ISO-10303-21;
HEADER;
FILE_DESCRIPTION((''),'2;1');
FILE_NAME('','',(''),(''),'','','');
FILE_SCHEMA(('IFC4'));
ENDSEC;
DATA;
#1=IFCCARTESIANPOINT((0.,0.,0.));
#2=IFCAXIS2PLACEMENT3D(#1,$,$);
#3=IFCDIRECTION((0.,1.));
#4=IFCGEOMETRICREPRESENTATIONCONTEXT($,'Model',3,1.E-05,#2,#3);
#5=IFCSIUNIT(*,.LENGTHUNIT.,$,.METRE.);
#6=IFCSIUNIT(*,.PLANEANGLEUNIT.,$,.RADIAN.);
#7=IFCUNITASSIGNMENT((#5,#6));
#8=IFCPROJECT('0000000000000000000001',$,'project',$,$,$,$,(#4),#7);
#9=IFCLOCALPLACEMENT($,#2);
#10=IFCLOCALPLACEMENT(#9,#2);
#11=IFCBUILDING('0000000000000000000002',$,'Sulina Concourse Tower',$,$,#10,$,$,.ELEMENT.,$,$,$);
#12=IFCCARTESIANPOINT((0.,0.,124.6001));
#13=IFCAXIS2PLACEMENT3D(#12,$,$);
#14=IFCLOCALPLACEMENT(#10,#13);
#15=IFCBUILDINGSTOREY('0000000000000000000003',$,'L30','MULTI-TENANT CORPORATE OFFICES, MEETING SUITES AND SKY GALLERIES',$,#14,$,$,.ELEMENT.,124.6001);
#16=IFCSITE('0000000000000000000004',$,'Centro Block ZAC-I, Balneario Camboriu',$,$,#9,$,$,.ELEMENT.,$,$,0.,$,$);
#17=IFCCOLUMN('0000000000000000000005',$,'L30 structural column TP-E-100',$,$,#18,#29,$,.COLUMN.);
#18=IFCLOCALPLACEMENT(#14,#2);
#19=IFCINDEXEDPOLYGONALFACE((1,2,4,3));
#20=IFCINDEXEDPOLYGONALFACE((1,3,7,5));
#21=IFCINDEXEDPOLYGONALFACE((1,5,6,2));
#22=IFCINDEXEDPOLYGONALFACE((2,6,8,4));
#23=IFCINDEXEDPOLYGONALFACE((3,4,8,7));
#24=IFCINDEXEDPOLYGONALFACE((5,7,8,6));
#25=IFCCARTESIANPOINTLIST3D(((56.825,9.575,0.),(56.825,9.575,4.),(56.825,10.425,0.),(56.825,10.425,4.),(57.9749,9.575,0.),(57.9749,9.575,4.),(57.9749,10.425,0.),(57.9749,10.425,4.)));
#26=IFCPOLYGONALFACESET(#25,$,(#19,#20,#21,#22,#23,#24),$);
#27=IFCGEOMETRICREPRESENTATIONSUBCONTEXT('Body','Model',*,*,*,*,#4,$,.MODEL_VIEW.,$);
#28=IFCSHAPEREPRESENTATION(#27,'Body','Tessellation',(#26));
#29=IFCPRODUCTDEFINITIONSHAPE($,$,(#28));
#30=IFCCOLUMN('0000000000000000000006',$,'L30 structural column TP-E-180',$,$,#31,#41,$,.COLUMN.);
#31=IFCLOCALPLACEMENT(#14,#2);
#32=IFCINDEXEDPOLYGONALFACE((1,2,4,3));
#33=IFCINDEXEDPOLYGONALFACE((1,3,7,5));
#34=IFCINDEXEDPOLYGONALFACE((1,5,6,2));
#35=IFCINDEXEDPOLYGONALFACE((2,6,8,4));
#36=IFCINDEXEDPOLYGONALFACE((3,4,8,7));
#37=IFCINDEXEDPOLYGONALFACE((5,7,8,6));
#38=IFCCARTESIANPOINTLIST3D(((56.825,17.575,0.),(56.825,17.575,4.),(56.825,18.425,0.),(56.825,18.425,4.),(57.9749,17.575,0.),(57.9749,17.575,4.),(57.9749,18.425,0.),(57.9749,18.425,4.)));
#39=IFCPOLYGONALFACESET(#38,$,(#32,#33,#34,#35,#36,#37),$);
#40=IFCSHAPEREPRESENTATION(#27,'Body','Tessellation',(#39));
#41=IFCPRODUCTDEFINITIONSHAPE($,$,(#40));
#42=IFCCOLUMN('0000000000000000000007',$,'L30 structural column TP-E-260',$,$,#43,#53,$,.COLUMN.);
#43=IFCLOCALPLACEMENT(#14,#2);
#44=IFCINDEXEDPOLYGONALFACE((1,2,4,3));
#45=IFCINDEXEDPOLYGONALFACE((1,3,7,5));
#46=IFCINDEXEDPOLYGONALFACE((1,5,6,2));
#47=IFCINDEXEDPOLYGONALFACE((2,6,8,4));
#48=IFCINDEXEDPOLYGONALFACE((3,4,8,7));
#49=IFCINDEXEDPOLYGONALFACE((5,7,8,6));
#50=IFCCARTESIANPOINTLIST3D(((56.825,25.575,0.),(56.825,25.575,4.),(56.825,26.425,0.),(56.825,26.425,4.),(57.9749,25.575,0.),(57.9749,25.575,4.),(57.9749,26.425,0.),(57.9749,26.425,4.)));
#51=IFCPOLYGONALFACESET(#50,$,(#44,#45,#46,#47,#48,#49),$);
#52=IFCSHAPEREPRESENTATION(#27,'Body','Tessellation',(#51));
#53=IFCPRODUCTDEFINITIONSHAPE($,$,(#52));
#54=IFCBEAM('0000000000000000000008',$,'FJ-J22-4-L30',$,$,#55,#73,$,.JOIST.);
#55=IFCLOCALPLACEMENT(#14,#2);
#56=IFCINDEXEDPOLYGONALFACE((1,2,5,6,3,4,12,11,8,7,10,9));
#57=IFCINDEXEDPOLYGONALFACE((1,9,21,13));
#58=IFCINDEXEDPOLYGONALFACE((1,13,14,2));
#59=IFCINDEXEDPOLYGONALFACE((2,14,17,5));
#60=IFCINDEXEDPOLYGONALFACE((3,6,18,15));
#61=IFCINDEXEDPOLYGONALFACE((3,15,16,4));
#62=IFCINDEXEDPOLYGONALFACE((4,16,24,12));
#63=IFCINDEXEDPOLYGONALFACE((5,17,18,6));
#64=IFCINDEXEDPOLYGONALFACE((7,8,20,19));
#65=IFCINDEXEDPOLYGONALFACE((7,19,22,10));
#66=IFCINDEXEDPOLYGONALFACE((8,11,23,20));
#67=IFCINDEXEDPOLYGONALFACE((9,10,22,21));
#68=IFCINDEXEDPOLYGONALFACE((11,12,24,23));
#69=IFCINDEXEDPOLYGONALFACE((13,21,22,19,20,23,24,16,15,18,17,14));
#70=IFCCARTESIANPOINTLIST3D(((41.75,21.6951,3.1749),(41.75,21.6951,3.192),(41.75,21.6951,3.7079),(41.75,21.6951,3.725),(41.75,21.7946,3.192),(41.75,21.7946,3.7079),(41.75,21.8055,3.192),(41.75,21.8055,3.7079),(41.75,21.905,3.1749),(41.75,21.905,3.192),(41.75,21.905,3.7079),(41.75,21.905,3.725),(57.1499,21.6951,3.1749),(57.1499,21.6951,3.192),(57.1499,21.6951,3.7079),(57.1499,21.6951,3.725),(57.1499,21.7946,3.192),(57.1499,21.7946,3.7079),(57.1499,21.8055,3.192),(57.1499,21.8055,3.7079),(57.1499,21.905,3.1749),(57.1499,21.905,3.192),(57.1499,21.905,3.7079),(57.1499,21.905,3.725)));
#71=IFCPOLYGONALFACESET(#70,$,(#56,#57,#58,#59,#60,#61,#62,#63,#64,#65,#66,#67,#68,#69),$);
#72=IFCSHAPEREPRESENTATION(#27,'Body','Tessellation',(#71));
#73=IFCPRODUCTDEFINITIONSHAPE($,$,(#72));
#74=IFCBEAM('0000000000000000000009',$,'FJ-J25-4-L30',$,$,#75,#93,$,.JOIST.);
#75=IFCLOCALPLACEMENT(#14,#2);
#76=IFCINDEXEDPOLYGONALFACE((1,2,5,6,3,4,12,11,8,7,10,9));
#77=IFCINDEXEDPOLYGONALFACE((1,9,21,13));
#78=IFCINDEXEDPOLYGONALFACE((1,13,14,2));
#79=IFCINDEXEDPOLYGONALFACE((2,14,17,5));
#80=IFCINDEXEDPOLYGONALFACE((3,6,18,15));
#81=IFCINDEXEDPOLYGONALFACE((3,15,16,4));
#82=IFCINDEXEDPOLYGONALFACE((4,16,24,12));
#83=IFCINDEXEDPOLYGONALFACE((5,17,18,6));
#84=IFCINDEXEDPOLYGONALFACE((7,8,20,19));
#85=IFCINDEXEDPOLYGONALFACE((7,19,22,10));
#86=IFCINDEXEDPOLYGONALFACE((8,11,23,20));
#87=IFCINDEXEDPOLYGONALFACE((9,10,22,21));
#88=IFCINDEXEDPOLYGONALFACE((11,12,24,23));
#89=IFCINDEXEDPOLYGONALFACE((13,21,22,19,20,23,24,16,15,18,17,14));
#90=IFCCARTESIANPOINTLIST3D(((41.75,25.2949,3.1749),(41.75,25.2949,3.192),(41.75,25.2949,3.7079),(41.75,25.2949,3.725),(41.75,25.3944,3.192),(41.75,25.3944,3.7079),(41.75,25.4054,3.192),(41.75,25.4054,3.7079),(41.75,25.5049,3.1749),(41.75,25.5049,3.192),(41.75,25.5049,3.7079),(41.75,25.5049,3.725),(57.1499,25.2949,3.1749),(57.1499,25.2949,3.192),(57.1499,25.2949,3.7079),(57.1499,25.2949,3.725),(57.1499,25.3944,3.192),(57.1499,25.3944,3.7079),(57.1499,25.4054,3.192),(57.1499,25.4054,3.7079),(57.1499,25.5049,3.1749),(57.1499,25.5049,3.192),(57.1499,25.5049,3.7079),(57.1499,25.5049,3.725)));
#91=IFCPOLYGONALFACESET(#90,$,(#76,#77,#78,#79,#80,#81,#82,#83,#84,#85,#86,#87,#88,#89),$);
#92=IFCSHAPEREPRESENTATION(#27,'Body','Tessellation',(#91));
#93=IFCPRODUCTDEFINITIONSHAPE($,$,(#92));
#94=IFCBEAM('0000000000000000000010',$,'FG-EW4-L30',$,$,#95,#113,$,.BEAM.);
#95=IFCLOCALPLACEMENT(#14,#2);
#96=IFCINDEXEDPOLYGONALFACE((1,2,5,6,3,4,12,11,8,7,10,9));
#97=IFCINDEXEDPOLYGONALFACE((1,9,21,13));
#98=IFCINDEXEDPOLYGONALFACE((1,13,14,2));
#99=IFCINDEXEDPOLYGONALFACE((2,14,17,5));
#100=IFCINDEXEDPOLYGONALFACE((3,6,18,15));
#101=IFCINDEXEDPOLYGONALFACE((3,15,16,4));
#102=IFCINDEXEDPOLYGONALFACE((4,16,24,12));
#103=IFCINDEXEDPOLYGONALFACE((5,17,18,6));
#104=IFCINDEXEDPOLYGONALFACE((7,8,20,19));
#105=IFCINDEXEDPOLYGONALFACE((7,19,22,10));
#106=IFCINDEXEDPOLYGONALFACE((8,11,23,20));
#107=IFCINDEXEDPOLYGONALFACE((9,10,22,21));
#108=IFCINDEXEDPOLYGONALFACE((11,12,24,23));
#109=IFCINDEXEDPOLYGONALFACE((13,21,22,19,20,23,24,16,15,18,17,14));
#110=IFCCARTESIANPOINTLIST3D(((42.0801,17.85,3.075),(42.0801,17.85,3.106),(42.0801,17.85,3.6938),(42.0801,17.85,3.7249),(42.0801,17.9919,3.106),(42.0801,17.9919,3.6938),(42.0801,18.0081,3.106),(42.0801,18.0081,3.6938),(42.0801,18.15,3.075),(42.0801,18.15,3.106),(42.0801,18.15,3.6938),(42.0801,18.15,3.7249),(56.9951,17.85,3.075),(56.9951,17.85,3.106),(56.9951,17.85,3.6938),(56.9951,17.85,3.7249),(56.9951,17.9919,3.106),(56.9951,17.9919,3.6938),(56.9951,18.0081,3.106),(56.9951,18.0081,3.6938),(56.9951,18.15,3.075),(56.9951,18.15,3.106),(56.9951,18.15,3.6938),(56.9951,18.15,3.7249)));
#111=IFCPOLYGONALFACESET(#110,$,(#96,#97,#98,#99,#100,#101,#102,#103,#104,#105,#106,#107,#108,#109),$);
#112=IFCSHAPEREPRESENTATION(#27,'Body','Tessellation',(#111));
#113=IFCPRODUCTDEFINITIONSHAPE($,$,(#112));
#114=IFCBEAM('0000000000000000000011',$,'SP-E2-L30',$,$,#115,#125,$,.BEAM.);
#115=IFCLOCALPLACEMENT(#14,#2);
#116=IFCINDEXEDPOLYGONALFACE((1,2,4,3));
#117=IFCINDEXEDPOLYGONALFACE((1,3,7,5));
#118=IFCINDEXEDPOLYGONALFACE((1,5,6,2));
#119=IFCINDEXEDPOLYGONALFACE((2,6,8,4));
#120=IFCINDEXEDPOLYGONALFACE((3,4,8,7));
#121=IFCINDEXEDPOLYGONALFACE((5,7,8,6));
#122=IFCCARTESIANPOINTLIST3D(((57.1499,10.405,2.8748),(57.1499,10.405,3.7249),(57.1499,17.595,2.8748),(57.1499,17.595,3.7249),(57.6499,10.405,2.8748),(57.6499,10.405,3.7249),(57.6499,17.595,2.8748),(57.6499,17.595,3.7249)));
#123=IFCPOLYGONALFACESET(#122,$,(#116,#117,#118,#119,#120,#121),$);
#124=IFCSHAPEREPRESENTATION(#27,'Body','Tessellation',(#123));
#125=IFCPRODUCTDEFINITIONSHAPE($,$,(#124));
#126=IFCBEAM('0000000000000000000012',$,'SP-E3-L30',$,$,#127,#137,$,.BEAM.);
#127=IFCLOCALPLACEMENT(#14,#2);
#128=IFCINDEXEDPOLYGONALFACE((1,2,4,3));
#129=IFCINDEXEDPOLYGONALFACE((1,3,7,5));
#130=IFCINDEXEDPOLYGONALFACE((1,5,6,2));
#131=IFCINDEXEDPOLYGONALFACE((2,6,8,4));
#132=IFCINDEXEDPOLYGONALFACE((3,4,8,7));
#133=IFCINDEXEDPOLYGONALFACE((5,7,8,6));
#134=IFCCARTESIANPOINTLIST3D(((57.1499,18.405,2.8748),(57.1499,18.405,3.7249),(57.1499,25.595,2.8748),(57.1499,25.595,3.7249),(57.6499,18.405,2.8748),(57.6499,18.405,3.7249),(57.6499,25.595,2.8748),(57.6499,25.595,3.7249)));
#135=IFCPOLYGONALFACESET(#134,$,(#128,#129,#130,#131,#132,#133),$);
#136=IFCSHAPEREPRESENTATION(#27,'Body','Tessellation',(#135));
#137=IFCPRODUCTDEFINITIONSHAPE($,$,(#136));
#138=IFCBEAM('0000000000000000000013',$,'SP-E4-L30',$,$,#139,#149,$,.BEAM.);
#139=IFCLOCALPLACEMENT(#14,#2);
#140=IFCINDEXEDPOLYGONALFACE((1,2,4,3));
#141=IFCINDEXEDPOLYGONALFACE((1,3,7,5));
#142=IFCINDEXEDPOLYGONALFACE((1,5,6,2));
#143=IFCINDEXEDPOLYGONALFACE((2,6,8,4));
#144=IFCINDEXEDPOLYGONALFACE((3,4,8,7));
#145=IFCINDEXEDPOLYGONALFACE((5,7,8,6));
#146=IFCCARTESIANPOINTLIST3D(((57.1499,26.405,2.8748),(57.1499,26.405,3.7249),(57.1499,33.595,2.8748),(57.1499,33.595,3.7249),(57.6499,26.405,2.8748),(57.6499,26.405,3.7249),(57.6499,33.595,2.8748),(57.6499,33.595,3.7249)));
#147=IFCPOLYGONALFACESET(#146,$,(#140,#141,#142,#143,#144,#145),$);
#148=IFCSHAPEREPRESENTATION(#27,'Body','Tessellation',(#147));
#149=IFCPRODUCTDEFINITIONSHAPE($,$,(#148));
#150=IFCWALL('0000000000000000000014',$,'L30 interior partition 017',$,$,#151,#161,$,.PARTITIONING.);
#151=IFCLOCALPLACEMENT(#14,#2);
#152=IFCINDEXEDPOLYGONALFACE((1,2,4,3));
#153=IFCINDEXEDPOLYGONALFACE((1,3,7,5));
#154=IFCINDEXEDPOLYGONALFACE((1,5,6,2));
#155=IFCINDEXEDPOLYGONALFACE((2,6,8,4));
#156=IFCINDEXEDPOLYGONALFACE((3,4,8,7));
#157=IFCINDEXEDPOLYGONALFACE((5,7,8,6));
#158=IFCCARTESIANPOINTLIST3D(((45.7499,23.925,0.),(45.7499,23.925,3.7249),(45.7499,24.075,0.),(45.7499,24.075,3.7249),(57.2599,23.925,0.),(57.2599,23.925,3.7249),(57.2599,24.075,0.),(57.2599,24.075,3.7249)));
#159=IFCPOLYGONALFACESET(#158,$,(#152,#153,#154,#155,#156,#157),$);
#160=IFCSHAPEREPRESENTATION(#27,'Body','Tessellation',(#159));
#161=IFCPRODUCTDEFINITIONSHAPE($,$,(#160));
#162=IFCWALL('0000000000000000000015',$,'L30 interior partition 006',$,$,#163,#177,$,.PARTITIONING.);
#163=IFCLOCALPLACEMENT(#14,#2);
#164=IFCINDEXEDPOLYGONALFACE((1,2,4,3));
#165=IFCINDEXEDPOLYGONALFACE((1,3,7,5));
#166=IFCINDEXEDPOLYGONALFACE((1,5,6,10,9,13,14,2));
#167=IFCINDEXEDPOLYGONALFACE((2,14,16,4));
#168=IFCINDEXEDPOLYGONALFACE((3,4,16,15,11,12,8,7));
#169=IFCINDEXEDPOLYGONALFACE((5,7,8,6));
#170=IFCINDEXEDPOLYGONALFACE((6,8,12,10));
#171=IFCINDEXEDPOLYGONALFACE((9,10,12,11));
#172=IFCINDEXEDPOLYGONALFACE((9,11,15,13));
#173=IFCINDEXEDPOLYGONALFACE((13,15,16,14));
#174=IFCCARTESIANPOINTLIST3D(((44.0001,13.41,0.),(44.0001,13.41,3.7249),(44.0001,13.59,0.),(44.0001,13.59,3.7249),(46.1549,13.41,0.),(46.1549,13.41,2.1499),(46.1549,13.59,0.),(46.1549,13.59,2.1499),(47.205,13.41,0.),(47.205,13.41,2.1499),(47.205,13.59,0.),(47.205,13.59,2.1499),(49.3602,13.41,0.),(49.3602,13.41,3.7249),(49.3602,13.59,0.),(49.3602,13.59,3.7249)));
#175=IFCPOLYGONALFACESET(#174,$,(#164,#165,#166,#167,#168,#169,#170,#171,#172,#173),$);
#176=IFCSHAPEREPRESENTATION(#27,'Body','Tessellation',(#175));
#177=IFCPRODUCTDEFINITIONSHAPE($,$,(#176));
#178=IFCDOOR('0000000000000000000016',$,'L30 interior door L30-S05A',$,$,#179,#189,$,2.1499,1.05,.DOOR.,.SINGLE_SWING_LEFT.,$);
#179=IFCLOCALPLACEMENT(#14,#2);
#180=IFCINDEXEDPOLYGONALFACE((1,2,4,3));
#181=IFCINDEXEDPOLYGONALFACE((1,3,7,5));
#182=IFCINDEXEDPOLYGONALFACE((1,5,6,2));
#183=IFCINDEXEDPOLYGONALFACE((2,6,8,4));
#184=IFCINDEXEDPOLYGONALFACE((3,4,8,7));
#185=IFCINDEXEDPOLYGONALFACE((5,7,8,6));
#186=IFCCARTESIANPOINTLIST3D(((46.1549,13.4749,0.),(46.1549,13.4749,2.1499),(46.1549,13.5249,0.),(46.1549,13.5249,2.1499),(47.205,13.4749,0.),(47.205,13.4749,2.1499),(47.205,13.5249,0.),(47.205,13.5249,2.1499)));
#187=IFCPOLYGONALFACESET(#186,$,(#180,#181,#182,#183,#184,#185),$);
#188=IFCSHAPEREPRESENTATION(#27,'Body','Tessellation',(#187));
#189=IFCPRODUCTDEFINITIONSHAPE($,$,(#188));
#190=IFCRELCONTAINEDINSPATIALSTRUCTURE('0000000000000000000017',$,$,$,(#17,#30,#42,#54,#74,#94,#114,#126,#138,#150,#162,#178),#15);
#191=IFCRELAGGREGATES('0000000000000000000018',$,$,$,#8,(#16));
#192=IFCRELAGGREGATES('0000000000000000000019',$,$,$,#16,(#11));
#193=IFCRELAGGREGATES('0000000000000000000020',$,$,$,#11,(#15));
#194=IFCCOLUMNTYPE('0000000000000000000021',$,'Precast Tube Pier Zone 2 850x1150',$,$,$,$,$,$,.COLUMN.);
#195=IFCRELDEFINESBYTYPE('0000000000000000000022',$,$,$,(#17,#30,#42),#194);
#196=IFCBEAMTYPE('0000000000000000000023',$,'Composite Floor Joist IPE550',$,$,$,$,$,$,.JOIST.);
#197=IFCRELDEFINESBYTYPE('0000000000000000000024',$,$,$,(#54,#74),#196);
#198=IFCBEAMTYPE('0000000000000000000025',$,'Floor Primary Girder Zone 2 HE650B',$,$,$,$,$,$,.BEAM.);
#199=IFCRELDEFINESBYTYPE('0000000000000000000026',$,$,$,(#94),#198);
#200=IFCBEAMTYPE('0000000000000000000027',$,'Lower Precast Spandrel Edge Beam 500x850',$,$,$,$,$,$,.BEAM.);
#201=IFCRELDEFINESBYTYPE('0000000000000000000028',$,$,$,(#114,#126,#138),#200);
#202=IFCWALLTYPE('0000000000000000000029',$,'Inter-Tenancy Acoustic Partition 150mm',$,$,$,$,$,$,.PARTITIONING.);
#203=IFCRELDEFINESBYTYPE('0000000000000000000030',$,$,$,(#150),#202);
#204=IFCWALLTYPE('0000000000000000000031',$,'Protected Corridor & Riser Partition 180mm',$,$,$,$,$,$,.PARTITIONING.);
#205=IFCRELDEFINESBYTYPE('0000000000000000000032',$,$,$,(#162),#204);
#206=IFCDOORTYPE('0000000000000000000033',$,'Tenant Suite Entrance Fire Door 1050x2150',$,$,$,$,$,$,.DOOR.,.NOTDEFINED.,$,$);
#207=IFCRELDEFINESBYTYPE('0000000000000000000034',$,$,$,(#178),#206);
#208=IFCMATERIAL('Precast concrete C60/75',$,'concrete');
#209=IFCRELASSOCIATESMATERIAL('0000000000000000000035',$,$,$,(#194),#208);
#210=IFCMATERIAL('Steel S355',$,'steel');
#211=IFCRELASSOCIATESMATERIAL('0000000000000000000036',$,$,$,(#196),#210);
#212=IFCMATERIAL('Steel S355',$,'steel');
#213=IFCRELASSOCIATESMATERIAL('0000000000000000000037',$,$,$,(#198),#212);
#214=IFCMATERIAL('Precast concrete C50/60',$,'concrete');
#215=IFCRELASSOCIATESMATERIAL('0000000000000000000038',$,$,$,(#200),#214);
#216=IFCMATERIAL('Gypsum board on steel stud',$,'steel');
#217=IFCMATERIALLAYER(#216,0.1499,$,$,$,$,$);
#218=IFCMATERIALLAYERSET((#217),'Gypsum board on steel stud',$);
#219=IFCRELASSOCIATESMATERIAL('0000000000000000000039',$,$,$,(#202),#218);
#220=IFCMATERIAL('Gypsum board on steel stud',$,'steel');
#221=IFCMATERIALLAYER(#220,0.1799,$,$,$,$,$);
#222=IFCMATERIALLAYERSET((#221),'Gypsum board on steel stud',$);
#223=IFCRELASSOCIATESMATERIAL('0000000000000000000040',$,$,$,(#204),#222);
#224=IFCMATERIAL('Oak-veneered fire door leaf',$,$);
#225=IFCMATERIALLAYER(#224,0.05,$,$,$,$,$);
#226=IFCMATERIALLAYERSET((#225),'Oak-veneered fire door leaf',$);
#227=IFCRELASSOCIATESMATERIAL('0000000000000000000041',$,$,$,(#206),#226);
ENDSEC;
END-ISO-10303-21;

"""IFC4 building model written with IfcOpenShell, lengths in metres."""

from ifc_helpers import new_model, si_unit, direction, frame, frame_2d, origin, origin_2d, place, context, subcontext, project, spatial, rectangle, i_section, extrude, material, layer, layer_set, material_profile, profile_set, type_object, element, fill, save


model = new_model("IFC4")

# Units and contexts
model_context = context("Model", 3, precision=1e-05, world=origin(), true_north=direction((0.0, 1.0)))
body_context = subcontext(model_context, "Body", "Model", "MODEL_VIEW")
ifc_project = project(units=[si_unit("LENGTHUNIT", "METRE"), si_unit("PLANEANGLEUNIT", "RADIAN")], contexts=[model_context])

# Site, building, storey
site_placement = place(None, origin())
site = spatial("IfcSite", under=ifc_project, at=site_placement, Name="Centro Block ZAC-I, Balneario Camboriu", CompositionType="ELEMENT", RefElevation=0.0)
building_placement = place(site_placement, origin())
building = spatial("IfcBuilding", under=site, at=building_placement, Name="Sulina Concourse Tower", CompositionType="ELEMENT")
storey_placement = place(building_placement, frame((0.0, 0.0, 124.6001)))
storey = spatial("IfcBuildingStorey", under=building, at=storey_placement, Name="L30", Description="MULTI-TENANT CORPORATE OFFICES, MEETING SUITES AND SKY GALLERIES", CompositionType="ELEMENT", Elevation=124.6001)

# Columns
ifc_material_1 = material(Name="Precast concrete C60/75", Category="concrete")
ifc_material_profile_1 = material_profile(ifc_material_1, rectangle(XDim=0.8501, YDim=1.1499, at=origin_2d()), Name="PC 850x1150")
ifc_profile_set_1 = profile_set([ifc_material_profile_1], Name="Precast concrete C60/75")
column_type = type_object("IfcColumnType", Name="Precast Tube Pier Zone 2 850x1150", PredefinedType="COLUMN", material=ifc_profile_set_1)
for number, where, z_axis, x_axis, name in (
    (1, (57.3999, 10.0, 0.0), (0.0, 0.0, 1.0), (0.0, 1.0, 0.0), "L30 structural column TP-E-100"),
    (2, (57.3999, 18.0, 0.0), (0.0, 0.0, 1.0), (0.0, 1.0, 0.0), "L30 structural column TP-E-180"),
    (3, (57.3999, 26.0, 0.0), (0.0, 0.0, 1.0), (0.0, 1.0, 0.0), "L30 structural column TP-E-260"),
):
    element("IfcColumn", number, at=place(storey_placement, frame(where, z_axis=z_axis, x_axis=x_axis)), inside=storey, type_object=column_type, Name=name, PredefinedType="COLUMN", context=body_context, shape_type="SweptSolid", body=[
        extrude(rectangle(XDim=0.8501, YDim=1.1499, at=origin_2d()), origin(), (0.0, 0.0, 1.0), 4.0),
    ])

# Beams
ifc_material_2 = material(Name="Steel S355", Category="steel")
ifc_material_profile_2 = material_profile(ifc_material_2, i_section(OverallWidth=0.21, OverallDepth=0.55, WebThickness=0.011, FlangeThickness=0.0171, at=origin_2d()), Name="IPE 550")
ifc_profile_set_2 = profile_set([ifc_material_profile_2], Name="Steel S355")
beam_type_1 = type_object("IfcBeamType", Name="Composite Floor Joist IPE550", PredefinedType="JOIST", material=ifc_profile_set_2)
for number, where, z_axis, x_axis, name in (
    (4, (41.75, 21.8, 3.45), (1.0, 0.0, 0.0), (0.0, 1.0, 0.0), "FJ-J22-4-L30"),
    (5, (41.75, 25.3999, 3.45), (1.0, 0.0, 0.0), (0.0, 1.0, 0.0), "FJ-J25-4-L30"),
):
    element("IfcBeam", number, at=place(storey_placement, frame(where, z_axis=z_axis, x_axis=x_axis)), inside=storey, type_object=beam_type_1, Name=name, PredefinedType="JOIST", context=body_context, shape_type="SweptSolid", body=[
        extrude(i_section(OverallWidth=0.21, OverallDepth=0.55, WebThickness=0.011, FlangeThickness=0.0171, at=origin_2d()), origin(), (0.0, 0.0, 1.0), 15.3999),
    ])
ifc_material_3 = material(Name="Steel S355", Category="steel")
ifc_material_profile_3 = material_profile(ifc_material_3, i_section(OverallWidth=0.3, OverallDepth=0.6499, WebThickness=0.0161, FlangeThickness=0.031, at=origin_2d()), Name="HE 650 B")
ifc_profile_set_3 = profile_set([ifc_material_profile_3], Name="Steel S355")
beam_type_2 = type_object("IfcBeamType", Name="Floor Primary Girder Zone 2 HE650B", PredefinedType="BEAM", material=ifc_profile_set_3)
beam_placement = place(storey_placement, frame((42.0801, 18.0, 3.3999), z_axis=(1.0, 0.0, 0.0), x_axis=(0.0, 1.0, 0.0)))
element("IfcBeam", 6, at=beam_placement, inside=storey, type_object=beam_type_2, Name="FG-EW4-L30", PredefinedType="BEAM", context=body_context, shape_type="SweptSolid", body=[
    extrude(i_section(OverallWidth=0.3, OverallDepth=0.6499, WebThickness=0.0161, FlangeThickness=0.031, at=origin_2d()), origin(), (0.0, 0.0, 1.0), 14.915),
])
ifc_material_4 = material(Name="Precast concrete C50/60", Category="concrete")
ifc_material_profile_4 = material_profile(ifc_material_4, rectangle(XDim=0.5, YDim=0.8501, at=origin_2d()), Name="RC 500x850")
ifc_profile_set_4 = profile_set([ifc_material_profile_4], Name="Precast concrete C50/60")
beam_type_3 = type_object("IfcBeamType", Name="Lower Precast Spandrel Edge Beam 500x850", PredefinedType="BEAM", material=ifc_profile_set_4)
for number, where, z_axis, x_axis, name in (
    (7, (57.3999, 10.405, 3.2998), (0.0, 1.0, 0.0), (-1.0, 0.0, 0.0), "SP-E2-L30"),
    (8, (57.3999, 18.405, 3.2998), (0.0, 1.0, 0.0), (-1.0, 0.0, 0.0), "SP-E3-L30"),
    (9, (57.3999, 26.405, 3.2998), (0.0, 1.0, 0.0), (-1.0, 0.0, 0.0), "SP-E4-L30"),
):
    element("IfcBeam", number, at=place(storey_placement, frame(where, z_axis=z_axis, x_axis=x_axis)), inside=storey, type_object=beam_type_3, Name=name, PredefinedType="BEAM", context=body_context, shape_type="SweptSolid", body=[
        extrude(rectangle(XDim=0.5, YDim=0.8501, at=origin_2d()), origin(), (0.0, 0.0, 1.0), 7.1899),
    ])

# Wall
ifc_material_5 = material(Name="Gypsum board on steel stud", Category="steel")
ifc_layer_1 = layer(ifc_material_5, 0.1499)
ifc_layer_set_1 = layer_set([ifc_layer_1], Name="Gypsum board on steel stud")
wall_type_1 = type_object("IfcWallType", Name="Inter-Tenancy Acoustic Partition 150mm", PredefinedType="PARTITIONING", material=ifc_layer_set_1)
wall_1_placement = place(storey_placement, frame((45.75, 24.0, 0.0), z_axis=(0.0, 0.0, 1.0), x_axis=(1.0, 0.0, 0.0)))
element("IfcWall", 10, at=wall_1_placement, inside=storey, type_object=wall_type_1, Name="L30 interior partition 017", PredefinedType="PARTITIONING", context=body_context, shape_type="SweptSolid", body=[
    extrude(rectangle(XDim=11.51, YDim=0.1499, at=frame_2d((5.7549, 0.0))), origin(), (0.0, 0.0, 1.0), 3.7249),
])

# Wall, opening, door
ifc_material_6 = material(Name="Gypsum board on steel stud", Category="steel")
ifc_layer_2 = layer(ifc_material_6, 0.1799)
ifc_layer_set_2 = layer_set([ifc_layer_2], Name="Gypsum board on steel stud")
wall_type_2 = type_object("IfcWallType", Name="Protected Corridor & Riser Partition 180mm", PredefinedType="PARTITIONING", material=ifc_layer_set_2)
wall_2_placement = place(storey_placement, frame((44.0, 13.5, 0.0), z_axis=(0.0, 0.0, 1.0), x_axis=(1.0, 0.0, 0.0)))
wall_2 = element("IfcWall", 11, at=wall_2_placement, inside=storey, type_object=wall_type_2, Name="L30 interior partition 006", PredefinedType="PARTITIONING", context=body_context, shape_type="SweptSolid", body=[
    extrude(rectangle(XDim=5.3601, YDim=0.1799, at=frame_2d((2.6802, 0.0))), origin(), (0.0, 0.0, 1.0), 3.7249),
])
opening_1_placement = place(wall_2_placement, frame((2.155, 0.0, 0.0)))
opening_1 = element("IfcOpeningElement", 12, at=opening_1_placement, cuts=wall_2, PredefinedType="OPENING", context=body_context, shape_type="SweptSolid", body=[
    extrude(rectangle(XDim=1.05, YDim=2.1499, at=frame_2d((0.5249, 1.075))), frame((0.0, 0.0999, 0.0), z_axis=(0.0, -1.0, 0.0), x_axis=(1.0, 0.0, 0.0)), (0.0, 0.0, 1.0), 0.2),
])
ifc_material_7 = material(Name="Oak-veneered fire door leaf")
ifc_layer_3 = layer(ifc_material_7, 0.05)
ifc_layer_set_3 = layer_set([ifc_layer_3], Name="Oak-veneered fire door leaf")
door_type_1 = type_object("IfcDoorType", Name="Tenant Suite Entrance Fire Door 1050x2150", OperationType="NOTDEFINED", PredefinedType="DOOR", material=ifc_layer_set_3)
door_1_placement = place(opening_1_placement, origin())
door_1 = element("IfcDoor", 13, at=door_1_placement, inside=storey, type_object=door_type_1, Name="L30 interior door L30-S05A", OperationType="SINGLE_SWING_LEFT", OverallHeight=2.1499, OverallWidth=1.05, PredefinedType="DOOR", context=body_context, shape_type="SweptSolid", body=[
    extrude(rectangle(XDim=1.05, YDim=2.1499, at=frame_2d((0.5249, 1.075))), frame((0.0, 0.0249, 0.0), z_axis=(0.0, -1.0, 0.0), x_axis=(1.0, 0.0, 0.0)), (0.0, 0.0, 1.0), 0.05),
])
fill(opening_1, door_1)

save(model, "model.ifc")
